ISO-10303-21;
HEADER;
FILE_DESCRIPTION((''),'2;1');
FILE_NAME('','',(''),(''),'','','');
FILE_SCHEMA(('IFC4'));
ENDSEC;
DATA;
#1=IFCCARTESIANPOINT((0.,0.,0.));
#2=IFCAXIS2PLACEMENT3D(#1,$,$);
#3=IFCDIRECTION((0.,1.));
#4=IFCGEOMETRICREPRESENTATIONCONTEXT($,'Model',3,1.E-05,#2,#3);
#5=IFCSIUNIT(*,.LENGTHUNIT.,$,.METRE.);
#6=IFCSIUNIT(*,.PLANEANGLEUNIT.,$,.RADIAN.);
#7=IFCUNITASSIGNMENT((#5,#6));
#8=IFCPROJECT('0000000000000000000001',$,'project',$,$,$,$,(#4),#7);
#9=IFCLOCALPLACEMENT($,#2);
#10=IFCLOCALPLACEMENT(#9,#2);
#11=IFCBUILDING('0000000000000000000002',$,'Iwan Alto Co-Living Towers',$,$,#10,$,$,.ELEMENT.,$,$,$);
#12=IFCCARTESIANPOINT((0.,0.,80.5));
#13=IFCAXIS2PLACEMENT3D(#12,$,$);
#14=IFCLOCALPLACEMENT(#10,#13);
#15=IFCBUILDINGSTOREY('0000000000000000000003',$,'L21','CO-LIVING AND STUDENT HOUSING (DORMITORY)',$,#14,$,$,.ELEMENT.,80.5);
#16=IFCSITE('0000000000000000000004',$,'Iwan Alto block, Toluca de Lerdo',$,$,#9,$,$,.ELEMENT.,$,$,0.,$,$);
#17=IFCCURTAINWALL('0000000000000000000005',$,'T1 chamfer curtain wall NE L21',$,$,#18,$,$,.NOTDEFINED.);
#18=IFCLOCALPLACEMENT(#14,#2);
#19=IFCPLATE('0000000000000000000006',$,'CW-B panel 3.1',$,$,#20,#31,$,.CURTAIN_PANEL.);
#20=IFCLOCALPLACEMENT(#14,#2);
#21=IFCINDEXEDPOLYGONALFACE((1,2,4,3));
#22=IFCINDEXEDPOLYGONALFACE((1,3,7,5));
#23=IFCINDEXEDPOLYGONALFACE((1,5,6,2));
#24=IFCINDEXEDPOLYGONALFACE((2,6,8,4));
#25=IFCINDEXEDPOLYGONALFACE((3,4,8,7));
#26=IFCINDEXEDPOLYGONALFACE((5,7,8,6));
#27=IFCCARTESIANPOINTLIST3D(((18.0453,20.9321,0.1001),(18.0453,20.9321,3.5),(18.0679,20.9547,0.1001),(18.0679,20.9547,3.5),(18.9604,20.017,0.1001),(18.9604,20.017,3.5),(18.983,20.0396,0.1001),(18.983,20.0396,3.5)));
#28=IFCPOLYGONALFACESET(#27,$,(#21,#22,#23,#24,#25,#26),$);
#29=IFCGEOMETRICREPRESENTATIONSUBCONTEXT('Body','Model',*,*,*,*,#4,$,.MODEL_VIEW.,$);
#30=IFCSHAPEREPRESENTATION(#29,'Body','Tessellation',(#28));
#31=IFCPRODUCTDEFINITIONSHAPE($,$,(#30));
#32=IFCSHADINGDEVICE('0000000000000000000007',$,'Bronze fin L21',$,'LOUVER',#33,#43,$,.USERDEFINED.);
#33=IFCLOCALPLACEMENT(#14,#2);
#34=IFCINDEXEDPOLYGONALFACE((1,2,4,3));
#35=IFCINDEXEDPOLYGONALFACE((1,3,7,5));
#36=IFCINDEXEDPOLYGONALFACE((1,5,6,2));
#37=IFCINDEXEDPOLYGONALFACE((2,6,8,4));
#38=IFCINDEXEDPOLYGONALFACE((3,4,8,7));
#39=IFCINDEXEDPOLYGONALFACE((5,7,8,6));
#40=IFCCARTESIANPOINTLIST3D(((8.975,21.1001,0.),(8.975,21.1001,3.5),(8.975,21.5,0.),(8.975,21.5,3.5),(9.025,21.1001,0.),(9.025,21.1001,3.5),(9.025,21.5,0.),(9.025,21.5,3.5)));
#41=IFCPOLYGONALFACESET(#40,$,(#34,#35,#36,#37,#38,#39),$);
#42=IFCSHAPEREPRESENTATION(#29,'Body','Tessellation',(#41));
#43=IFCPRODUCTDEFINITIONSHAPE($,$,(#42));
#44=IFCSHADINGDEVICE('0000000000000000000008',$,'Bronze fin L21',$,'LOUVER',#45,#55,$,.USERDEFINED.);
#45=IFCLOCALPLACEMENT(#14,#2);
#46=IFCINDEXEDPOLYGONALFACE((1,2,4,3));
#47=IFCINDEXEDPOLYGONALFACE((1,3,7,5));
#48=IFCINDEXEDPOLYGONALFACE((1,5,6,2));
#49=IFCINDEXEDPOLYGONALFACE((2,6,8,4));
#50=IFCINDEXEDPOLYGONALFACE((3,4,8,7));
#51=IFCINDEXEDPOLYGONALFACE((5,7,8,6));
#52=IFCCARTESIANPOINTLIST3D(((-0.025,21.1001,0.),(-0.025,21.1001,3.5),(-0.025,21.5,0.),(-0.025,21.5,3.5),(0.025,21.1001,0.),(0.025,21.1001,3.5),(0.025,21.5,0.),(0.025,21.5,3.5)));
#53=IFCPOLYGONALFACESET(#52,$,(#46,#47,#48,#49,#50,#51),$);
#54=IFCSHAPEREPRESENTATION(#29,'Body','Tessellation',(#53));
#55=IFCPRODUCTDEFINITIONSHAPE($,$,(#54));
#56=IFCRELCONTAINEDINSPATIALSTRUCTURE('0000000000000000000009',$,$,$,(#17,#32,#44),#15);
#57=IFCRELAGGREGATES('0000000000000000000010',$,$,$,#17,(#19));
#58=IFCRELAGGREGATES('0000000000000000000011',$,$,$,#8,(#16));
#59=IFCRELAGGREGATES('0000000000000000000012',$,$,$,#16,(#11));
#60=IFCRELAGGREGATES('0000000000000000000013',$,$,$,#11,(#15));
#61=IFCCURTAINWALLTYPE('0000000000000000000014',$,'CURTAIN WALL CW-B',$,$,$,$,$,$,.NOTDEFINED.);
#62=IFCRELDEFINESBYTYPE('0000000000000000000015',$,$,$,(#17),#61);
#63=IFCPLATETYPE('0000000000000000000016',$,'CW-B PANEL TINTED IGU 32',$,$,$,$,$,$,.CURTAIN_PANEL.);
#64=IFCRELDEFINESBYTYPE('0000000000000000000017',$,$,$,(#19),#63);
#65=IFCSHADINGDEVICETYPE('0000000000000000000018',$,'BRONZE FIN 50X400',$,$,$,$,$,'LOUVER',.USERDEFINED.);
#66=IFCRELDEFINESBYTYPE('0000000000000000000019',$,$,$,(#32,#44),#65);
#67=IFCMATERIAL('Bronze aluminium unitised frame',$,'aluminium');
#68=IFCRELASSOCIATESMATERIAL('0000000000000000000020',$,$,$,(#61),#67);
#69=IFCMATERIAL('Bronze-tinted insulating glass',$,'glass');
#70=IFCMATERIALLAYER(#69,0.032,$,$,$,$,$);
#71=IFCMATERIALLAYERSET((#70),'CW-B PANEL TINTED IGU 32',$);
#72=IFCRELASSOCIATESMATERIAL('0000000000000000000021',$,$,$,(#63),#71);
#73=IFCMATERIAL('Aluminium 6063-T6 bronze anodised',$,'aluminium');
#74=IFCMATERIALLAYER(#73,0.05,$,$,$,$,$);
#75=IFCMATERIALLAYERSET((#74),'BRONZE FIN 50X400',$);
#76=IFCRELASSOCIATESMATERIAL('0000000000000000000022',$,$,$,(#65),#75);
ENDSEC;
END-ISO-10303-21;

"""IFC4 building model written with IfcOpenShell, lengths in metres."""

from ifc_helpers import new_model, si_unit, direction, frame, origin, origin_2d, place, context, subcontext, project, spatial, rectangle, extrude, material, layer, layer_set, type_object, element, aggregate, save


model = new_model("IFC4")

# Units and contexts
model_context = context("Model", 3, precision=1e-05, world=origin(), true_north=direction((0.0, 1.0)))
body_context = subcontext(model_context, "Body", "Model", "MODEL_VIEW")
ifc_project = project(units=[si_unit("LENGTHUNIT", "METRE"), si_unit("PLANEANGLEUNIT", "RADIAN")], contexts=[model_context])

# Site, building, storey
site_placement = place(None, origin())
site = spatial("IfcSite", under=ifc_project, at=site_placement, Name="Iwan Alto block, Toluca de Lerdo", CompositionType="ELEMENT", RefElevation=0.0)
building_placement = place(site_placement, origin())
building = spatial("IfcBuilding", under=site, at=building_placement, Name="Iwan Alto Co-Living Towers", CompositionType="ELEMENT")
storey_placement = place(building_placement, frame((0.0, 0.0, 80.5)))
storey = spatial("IfcBuildingStorey", under=building, at=storey_placement, Name="L21", Description="CO-LIVING AND STUDENT HOUSING (DORMITORY)", CompositionType="ELEMENT", Elevation=80.5)

# Curtain wall
ifc_material_1 = material(Name="Bronze aluminium unitised frame", Category="aluminium")
curtain_wall_type_1 = type_object("IfcCurtainWallType", Name="CURTAIN WALL CW-B", PredefinedType="NOTDEFINED", material=ifc_material_1)
curtain_wall_1_placement = place(storey_placement, origin())
curtain_wall_1 = element("IfcCurtainWall", 1, at=curtain_wall_1_placement, inside=storey, type_object=curtain_wall_type_1, Name="T1 chamfer curtain wall NE L21", PredefinedType="NOTDEFINED")

# Plate
ifc_material_2 = material(Name="Bronze-tinted insulating glass", Category="glass")
ifc_layer_1 = layer(ifc_material_2, 0.032)
ifc_layer_set_1 = layer_set([ifc_layer_1], Name="CW-B PANEL TINTED IGU 32")
plate_type_1 = type_object("IfcPlateType", Name="CW-B PANEL TINTED IGU 32", PredefinedType="CURTAIN_PANEL", material=ifc_layer_set_1)
plate_1_placement = place(storey_placement, frame((18.5142, 20.4858, 0.1001), z_axis=(0.0, 0.0, 1.0), x_axis=(-0.707107, 0.707107, 0.0)))
plate_1 = element("IfcPlate", 2, at=plate_1_placement, type_object=plate_type_1, Name="CW-B panel 3.1", PredefinedType="CURTAIN_PANEL", context=body_context, shape_type="SweptSolid", body=[
    extrude(rectangle(XDim=1.2942, YDim=0.032, at=origin_2d()), origin(), (0.0, 0.0, 1.0), 3.3999),
])
aggregate(curtain_wall_1, [plate_1])

# Shading devices
ifc_material_3 = material(Name="Aluminium 6063-T6 bronze anodised", Category="aluminium")
ifc_layer_2 = layer(ifc_material_3, 0.05)
ifc_layer_set_2 = layer_set([ifc_layer_2], Name="BRONZE FIN 50X400")
shading_device_type = type_object("IfcShadingDeviceType", Name="BRONZE FIN 50X400", ElementType="LOUVER", PredefinedType="USERDEFINED", material=ifc_layer_set_2)
for number, where, z_axis, x_axis, name in (
    (3, (9.0, 21.3, 0.0), (0.0, 0.0, 1.0), (-1.0, 0.0, 0.0), "Bronze fin L21"),
    (4, (0.0, 21.3, 0.0), (0.0, 0.0, 1.0), (-1.0, 0.0, 0.0), "Bronze fin L21"),
):
    element("IfcShadingDevice", number, at=place(storey_placement, frame(where, z_axis=z_axis, x_axis=x_axis)), inside=storey, type_object=shading_device_type, Name=name, ObjectType="LOUVER", PredefinedType="USERDEFINED", context=body_context, shape_type="SweptSolid", body=[
        extrude(rectangle(XDim=0.05, YDim=0.3999, at=origin_2d()), origin(), (0.0, 0.0, 1.0), 3.5),
    ])

save(model, "model.ifc")
